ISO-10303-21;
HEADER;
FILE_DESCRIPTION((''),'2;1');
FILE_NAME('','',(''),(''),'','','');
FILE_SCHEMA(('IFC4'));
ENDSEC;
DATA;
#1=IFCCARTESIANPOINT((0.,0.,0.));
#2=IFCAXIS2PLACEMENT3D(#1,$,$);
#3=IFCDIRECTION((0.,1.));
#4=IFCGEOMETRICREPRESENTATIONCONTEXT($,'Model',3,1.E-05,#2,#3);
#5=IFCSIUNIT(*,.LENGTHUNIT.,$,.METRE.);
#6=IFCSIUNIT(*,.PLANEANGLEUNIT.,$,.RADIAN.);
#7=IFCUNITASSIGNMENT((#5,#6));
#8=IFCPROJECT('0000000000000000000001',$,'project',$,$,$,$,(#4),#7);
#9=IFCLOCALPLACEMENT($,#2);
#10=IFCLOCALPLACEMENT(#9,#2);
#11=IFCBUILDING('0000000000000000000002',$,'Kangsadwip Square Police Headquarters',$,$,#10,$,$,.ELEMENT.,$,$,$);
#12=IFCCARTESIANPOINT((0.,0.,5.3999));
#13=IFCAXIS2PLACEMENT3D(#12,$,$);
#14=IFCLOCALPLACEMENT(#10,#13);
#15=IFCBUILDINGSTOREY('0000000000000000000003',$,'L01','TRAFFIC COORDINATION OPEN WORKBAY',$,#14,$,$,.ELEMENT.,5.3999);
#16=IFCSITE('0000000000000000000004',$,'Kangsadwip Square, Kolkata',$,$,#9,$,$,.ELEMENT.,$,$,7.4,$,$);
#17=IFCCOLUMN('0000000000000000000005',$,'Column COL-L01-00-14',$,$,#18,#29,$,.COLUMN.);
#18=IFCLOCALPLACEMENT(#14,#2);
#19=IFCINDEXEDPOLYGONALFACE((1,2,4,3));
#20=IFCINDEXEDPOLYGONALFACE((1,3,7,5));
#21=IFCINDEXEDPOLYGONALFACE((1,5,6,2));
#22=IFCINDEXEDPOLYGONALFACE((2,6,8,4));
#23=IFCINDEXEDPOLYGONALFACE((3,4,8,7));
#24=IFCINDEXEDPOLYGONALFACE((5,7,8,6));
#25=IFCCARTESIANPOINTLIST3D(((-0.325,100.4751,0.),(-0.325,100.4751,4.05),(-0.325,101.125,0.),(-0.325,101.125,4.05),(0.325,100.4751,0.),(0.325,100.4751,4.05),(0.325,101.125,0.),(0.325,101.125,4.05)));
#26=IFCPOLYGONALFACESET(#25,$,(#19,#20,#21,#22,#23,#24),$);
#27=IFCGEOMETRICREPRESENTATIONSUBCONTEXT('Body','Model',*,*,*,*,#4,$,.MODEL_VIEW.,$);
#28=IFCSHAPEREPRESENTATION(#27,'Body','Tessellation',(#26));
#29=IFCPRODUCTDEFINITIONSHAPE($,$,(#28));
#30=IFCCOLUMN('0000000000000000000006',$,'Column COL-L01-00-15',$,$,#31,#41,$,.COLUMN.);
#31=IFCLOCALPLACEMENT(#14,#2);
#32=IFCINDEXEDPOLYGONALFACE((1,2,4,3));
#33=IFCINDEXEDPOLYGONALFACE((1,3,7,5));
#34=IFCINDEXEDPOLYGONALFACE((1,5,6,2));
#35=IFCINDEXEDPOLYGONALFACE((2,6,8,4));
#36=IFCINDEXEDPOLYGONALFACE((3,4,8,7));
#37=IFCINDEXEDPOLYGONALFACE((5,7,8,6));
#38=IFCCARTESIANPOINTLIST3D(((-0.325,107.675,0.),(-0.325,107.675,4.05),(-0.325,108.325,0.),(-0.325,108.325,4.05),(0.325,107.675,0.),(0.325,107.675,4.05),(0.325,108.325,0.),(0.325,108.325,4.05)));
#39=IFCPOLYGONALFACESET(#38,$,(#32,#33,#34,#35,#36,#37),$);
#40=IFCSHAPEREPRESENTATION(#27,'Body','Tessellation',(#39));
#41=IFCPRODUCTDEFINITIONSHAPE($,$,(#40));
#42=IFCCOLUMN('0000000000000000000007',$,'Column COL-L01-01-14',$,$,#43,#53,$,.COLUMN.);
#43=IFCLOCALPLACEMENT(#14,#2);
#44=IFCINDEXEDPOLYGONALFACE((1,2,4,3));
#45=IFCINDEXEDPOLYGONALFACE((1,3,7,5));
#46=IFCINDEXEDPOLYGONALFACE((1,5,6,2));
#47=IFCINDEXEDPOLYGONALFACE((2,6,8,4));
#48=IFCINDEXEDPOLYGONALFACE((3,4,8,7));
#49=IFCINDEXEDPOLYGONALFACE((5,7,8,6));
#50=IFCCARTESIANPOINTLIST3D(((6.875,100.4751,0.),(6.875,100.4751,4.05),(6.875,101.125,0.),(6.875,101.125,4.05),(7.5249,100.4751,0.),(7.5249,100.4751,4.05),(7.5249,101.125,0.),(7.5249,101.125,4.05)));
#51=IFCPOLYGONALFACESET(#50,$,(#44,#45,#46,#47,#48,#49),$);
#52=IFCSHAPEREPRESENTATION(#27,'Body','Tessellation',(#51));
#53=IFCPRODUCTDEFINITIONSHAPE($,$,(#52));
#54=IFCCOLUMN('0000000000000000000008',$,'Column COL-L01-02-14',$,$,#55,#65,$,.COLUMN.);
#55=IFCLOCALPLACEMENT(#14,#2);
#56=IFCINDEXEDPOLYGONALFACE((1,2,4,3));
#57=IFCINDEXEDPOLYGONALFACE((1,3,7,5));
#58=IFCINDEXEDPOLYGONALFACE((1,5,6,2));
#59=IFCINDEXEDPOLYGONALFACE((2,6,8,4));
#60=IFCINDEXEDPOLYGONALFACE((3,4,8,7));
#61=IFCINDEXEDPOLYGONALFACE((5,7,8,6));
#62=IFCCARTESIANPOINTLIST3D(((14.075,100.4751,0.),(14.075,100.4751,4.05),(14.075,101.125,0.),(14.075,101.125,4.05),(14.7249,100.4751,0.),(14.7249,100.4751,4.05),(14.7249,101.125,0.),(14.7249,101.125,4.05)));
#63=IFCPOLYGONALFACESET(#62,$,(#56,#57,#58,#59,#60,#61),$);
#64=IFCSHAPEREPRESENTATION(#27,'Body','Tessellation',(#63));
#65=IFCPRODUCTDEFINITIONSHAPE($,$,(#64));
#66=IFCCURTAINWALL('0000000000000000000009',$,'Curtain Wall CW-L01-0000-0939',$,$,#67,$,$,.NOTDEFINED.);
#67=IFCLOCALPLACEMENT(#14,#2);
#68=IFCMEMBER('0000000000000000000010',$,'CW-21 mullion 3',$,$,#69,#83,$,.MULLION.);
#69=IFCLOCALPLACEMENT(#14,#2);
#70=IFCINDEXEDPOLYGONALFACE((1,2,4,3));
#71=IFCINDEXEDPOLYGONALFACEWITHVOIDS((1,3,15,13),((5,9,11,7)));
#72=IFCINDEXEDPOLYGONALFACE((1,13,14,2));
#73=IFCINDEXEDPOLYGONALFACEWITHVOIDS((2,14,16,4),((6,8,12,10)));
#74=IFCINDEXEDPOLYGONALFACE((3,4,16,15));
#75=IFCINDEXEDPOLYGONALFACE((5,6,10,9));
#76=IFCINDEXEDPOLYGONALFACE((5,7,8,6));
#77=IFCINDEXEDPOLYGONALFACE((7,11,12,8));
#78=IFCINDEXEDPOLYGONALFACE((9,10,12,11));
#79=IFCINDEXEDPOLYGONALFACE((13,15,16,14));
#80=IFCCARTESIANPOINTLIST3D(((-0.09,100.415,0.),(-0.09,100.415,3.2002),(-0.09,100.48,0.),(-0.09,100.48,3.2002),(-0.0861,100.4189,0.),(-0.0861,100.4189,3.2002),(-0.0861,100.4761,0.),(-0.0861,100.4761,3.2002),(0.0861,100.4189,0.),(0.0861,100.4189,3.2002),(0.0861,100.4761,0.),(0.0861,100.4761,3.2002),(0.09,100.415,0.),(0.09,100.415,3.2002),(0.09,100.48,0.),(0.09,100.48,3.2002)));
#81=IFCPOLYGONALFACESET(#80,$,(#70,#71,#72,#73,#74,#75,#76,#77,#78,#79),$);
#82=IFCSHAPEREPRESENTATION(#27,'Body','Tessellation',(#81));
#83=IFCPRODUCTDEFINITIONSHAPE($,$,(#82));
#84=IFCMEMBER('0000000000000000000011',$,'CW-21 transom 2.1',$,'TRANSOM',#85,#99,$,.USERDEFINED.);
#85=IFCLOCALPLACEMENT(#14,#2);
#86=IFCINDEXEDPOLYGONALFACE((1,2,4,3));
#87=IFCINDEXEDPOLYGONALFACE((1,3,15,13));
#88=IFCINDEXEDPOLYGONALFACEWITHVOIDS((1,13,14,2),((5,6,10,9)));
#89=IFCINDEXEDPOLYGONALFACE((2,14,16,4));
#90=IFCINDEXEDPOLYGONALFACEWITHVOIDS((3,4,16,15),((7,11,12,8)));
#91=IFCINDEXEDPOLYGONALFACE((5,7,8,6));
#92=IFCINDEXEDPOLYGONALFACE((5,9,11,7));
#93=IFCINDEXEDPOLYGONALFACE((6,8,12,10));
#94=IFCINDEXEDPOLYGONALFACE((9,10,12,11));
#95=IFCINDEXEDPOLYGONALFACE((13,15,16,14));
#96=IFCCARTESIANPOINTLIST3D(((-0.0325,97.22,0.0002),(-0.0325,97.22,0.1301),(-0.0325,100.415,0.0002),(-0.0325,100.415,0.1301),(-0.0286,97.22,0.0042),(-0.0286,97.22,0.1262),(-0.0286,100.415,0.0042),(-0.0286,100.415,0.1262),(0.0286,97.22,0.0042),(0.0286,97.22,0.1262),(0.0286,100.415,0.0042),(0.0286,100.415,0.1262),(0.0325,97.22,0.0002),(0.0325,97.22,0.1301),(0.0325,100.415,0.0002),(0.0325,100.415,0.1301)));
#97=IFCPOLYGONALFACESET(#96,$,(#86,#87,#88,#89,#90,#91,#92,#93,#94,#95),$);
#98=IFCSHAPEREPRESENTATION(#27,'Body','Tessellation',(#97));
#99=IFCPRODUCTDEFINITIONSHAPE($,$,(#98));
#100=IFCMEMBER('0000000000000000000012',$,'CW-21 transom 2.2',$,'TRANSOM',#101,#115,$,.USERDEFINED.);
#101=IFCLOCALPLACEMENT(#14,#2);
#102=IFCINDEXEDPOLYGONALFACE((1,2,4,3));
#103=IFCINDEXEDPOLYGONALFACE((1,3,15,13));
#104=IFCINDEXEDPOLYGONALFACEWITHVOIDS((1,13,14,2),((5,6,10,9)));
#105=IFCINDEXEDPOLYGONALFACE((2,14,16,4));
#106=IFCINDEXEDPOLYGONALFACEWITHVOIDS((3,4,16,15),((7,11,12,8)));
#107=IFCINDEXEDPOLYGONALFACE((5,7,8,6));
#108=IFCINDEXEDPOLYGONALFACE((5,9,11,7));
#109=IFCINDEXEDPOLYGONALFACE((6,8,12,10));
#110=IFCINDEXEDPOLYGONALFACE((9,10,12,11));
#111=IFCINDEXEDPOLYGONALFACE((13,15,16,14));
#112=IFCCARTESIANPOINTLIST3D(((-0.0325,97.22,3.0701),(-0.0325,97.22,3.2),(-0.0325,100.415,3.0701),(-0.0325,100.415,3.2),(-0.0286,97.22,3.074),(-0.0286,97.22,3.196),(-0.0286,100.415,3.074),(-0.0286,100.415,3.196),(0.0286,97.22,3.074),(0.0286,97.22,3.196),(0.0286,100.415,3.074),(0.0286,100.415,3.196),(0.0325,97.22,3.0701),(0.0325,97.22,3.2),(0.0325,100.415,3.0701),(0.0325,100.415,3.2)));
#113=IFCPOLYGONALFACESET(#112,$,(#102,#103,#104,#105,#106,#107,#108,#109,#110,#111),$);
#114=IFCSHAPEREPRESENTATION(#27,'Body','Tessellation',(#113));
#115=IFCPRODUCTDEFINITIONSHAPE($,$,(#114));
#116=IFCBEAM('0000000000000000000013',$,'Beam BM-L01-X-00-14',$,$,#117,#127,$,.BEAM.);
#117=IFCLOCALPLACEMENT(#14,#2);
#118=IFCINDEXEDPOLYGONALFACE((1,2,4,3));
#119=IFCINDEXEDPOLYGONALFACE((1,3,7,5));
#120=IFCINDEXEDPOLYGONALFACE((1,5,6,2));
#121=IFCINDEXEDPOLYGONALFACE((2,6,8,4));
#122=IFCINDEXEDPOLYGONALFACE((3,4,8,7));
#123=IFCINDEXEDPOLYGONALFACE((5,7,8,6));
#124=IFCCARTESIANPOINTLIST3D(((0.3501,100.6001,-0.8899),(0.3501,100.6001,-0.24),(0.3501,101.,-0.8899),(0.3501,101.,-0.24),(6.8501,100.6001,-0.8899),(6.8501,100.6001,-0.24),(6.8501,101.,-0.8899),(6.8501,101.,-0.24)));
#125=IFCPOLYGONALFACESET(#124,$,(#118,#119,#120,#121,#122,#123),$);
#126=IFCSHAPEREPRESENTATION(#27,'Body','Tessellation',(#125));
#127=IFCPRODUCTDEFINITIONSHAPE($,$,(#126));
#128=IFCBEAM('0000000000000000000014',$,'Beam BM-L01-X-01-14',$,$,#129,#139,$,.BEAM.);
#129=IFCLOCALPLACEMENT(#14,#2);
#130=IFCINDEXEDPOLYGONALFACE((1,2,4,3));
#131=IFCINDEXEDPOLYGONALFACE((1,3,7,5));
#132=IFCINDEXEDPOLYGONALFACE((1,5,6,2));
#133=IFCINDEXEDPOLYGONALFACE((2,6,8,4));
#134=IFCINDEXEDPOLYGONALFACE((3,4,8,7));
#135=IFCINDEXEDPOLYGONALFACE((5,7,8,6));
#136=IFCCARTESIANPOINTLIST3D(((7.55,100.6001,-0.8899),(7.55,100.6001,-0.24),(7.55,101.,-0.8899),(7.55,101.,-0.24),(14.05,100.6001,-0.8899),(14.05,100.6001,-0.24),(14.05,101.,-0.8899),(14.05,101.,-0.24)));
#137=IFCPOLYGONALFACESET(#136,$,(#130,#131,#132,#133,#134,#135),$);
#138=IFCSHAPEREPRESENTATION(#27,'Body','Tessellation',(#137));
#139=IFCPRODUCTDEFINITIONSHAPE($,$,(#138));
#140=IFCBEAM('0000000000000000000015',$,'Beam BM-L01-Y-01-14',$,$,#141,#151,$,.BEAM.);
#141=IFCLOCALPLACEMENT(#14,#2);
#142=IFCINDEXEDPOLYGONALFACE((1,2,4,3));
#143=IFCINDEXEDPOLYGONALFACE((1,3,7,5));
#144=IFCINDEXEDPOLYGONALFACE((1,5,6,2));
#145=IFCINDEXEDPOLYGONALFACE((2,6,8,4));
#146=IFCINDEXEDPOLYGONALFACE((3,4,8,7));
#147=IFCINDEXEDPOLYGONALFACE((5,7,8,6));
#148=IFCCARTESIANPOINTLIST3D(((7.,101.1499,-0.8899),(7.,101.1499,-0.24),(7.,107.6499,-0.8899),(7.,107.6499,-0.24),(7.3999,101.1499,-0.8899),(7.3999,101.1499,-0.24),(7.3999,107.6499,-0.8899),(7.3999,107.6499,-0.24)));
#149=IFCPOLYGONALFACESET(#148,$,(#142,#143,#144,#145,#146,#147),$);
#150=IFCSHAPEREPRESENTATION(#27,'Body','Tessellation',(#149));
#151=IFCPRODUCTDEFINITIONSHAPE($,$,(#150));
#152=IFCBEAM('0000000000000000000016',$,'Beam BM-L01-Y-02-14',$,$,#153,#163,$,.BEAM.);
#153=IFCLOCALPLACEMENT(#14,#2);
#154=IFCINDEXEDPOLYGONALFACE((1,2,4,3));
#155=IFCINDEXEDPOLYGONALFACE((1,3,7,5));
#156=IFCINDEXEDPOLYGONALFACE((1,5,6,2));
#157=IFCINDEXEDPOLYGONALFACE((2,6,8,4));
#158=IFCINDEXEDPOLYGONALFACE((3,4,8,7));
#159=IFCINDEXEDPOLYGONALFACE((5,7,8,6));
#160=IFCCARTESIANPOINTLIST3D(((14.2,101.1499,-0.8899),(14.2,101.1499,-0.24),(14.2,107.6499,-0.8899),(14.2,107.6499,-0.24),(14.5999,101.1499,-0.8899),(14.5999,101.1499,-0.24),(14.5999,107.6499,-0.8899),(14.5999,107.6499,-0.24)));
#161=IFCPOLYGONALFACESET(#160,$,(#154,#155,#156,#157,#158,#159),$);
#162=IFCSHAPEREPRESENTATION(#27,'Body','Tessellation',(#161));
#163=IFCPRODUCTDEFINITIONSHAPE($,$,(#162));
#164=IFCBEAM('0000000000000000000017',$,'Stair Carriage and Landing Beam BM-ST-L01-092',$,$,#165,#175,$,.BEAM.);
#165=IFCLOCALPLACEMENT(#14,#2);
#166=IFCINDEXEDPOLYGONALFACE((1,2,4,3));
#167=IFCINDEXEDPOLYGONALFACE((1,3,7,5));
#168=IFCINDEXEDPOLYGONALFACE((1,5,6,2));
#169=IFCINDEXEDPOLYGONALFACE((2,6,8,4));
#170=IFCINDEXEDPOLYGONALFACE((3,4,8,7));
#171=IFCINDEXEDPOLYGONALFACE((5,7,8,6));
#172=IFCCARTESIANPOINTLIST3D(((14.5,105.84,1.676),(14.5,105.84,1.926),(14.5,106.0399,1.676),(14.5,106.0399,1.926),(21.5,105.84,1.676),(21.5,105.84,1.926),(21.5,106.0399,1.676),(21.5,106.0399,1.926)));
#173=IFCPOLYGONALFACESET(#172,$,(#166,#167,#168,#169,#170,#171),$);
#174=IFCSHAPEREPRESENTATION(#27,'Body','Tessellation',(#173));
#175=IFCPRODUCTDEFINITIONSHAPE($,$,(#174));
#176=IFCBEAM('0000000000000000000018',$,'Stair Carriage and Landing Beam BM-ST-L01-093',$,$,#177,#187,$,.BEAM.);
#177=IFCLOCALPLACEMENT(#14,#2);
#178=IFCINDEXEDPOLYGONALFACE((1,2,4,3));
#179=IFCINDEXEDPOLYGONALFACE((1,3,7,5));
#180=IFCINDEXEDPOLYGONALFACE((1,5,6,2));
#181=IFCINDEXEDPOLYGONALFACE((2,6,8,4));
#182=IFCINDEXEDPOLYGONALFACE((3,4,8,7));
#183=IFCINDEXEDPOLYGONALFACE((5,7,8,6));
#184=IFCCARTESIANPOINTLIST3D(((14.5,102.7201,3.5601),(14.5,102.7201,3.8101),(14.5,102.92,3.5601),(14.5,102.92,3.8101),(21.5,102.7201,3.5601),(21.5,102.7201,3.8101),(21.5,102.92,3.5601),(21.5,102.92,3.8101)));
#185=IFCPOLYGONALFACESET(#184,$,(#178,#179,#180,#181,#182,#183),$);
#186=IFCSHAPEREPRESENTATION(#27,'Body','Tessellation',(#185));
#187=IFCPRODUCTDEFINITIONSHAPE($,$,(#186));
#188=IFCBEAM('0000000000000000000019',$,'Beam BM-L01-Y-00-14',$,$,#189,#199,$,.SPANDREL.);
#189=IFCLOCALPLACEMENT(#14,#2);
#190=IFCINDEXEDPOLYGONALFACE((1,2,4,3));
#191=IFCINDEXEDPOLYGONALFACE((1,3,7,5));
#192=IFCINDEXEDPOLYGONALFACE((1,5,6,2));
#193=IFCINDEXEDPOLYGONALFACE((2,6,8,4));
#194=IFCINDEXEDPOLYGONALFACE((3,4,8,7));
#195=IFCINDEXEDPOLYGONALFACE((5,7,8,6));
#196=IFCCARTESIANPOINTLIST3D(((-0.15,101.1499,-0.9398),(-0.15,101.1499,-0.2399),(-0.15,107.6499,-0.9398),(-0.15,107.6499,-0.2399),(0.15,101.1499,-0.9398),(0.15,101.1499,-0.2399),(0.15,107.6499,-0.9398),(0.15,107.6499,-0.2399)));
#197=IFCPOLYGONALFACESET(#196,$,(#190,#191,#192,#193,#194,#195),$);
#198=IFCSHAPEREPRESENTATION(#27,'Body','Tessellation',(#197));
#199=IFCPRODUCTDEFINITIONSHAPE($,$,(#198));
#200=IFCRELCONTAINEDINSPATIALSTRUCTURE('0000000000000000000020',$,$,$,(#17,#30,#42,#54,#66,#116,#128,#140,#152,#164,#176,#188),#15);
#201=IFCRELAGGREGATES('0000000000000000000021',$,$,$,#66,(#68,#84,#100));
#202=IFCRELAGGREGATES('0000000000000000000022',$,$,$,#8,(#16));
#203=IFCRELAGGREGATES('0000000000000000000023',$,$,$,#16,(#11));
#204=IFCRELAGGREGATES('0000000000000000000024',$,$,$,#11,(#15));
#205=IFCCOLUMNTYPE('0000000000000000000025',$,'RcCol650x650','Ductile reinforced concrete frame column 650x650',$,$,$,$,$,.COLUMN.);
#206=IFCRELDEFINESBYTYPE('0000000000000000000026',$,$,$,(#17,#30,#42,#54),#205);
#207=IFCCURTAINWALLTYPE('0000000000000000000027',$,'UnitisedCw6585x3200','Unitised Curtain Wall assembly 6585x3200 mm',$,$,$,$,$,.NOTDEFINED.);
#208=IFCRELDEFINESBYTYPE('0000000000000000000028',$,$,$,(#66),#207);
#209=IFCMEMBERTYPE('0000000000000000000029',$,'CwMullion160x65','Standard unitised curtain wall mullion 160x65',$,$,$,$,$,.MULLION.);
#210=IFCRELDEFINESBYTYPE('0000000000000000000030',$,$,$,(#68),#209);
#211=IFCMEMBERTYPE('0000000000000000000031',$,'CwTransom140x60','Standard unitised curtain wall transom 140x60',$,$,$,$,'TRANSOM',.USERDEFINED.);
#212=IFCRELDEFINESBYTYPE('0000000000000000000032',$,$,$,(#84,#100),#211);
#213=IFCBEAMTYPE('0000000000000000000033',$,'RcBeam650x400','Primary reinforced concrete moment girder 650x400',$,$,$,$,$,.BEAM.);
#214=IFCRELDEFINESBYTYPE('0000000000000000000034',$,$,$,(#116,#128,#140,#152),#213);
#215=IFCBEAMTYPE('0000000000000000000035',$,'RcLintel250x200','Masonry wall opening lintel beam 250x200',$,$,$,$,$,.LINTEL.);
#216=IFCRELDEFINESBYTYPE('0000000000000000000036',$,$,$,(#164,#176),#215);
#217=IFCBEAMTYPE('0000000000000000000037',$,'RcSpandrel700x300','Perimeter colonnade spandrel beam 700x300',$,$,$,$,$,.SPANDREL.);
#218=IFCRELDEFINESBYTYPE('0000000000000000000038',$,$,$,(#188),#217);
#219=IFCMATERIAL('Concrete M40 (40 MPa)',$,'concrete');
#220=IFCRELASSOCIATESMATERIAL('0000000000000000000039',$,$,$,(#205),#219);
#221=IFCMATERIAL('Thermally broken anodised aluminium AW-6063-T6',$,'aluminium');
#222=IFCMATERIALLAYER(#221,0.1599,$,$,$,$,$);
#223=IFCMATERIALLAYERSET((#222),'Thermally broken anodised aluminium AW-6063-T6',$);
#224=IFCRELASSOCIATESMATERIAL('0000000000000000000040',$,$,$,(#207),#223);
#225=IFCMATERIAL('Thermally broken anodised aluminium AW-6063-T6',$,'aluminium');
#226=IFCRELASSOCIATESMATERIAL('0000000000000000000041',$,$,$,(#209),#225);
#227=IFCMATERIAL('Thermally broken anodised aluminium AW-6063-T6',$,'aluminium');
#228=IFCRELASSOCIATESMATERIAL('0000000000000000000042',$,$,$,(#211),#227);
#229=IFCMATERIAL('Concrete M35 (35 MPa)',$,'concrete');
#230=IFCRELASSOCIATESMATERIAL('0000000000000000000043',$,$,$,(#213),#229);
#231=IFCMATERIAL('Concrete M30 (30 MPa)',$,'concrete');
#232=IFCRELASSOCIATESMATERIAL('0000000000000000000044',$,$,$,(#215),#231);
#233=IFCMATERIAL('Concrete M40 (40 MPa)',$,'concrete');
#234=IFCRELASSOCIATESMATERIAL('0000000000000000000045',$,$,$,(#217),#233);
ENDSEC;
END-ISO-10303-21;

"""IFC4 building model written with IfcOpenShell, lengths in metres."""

from ifc_helpers import new_model, si_unit, direction, frame, origin, origin_2d, place, context, subcontext, project, spatial, rectangle, hollow_rectangle, extrude, material, layer, layer_set, material_profile, profile_set, type_object, element, aggregate, save


model = new_model("IFC4")

# Units and contexts
model_context = context("Model", 3, precision=1e-05, world=origin(), true_north=direction((0.0, 1.0)))
body_context = subcontext(model_context, "Body", "Model", "MODEL_VIEW")
ifc_project = project(units=[si_unit("LENGTHUNIT", "METRE"), si_unit("PLANEANGLEUNIT", "RADIAN")], contexts=[model_context])

# Site, building, storey
site_placement = place(None, origin())
site = spatial("IfcSite", under=ifc_project, at=site_placement, Name="Kangsadwip Square, Kolkata", CompositionType="ELEMENT", RefElevation=7.4)
building_placement = place(site_placement, origin())
building = spatial("IfcBuilding", under=site, at=building_placement, Name="Kangsadwip Square Police Headquarters", CompositionType="ELEMENT")
storey_placement = place(building_placement, frame((0.0, 0.0, 5.3999)))
storey = spatial("IfcBuildingStorey", under=building, at=storey_placement, Name="L01", Description="TRAFFIC COORDINATION OPEN WORKBAY", CompositionType="ELEMENT", Elevation=5.3999)

# Columns
ifc_material_1 = material(Name="Concrete M40 (40 MPa)", Category="concrete")
ifc_material_profile_1 = material_profile(ifc_material_1, rectangle(XDim=0.6499, YDim=0.6499, at=origin_2d()), Name="RC COL 650X650")
ifc_profile_set_1 = profile_set([ifc_material_profile_1], Name="Concrete M40 (40 MPa)")
column_type = type_object("IfcColumnType", Name="RcCol650x650", Description="Ductile reinforced concrete frame column 650x650", PredefinedType="COLUMN", material=ifc_profile_set_1)
for number, where, z_axis, x_axis, name in (
    (1, (0.0, 100.8, 0.0), (0.0, 0.0, 1.0), (1.0, 0.0, 0.0), "Column COL-L01-00-14"),
    (2, (0.0, 108.0, 0.0), (0.0, 0.0, 1.0), (1.0, 0.0, 0.0), "Column COL-L01-00-15"),
    (3, (7.2, 100.8, 0.0), (0.0, 0.0, 1.0), (1.0, 0.0, 0.0), "Column COL-L01-01-14"),
    (4, (14.3999, 100.8, 0.0), (0.0, 0.0, 1.0), (1.0, 0.0, 0.0), "Column COL-L01-02-14"),
):
    element("IfcColumn", number, at=place(storey_placement, frame(where, z_axis=z_axis, x_axis=x_axis)), inside=storey, type_object=column_type, Name=name, PredefinedType="COLUMN", context=body_context, shape_type="SweptSolid", body=[
        extrude(rectangle(XDim=0.6499, YDim=0.6499, at=origin_2d()), origin(), (0.0, 0.0, 1.0), 4.05),
    ])

# Curtain wall, members
ifc_material_2 = material(Name="Thermally broken anodised aluminium AW-6063-T6", Category="aluminium")
ifc_layer_1 = layer(ifc_material_2, 0.1599)
ifc_layer_set_1 = layer_set([ifc_layer_1], Name="Thermally broken anodised aluminium AW-6063-T6")
curtain_wall_type = type_object("IfcCurtainWallType", Name="UnitisedCw6585x3200", Description="Unitised Curtain Wall assembly 6585x3200 mm", PredefinedType="NOTDEFINED", material=ifc_layer_set_1)
curtain_wall_placement = place(storey_placement, origin())
curtain_wall = element("IfcCurtainWall", 5, at=curtain_wall_placement, inside=storey, type_object=curtain_wall_type, Name="Curtain Wall CW-L01-0000-0939", PredefinedType="NOTDEFINED")
ifc_material_3 = material(Name="Thermally broken anodised aluminium AW-6063-T6", Category="aluminium")
ifc_material_profile_2 = material_profile(ifc_material_3, hollow_rectangle(XDim=0.0649, YDim=0.1799, WallThickness=0.0039, at=origin_2d()), Name="CWM 180X65X4")
ifc_profile_set_2 = profile_set([ifc_material_profile_2], Name="Thermally broken anodised aluminium AW-6063-T6")
member_type_1 = type_object("IfcMemberType", Name="CwMullion160x65", Description="Standard unitised curtain wall mullion 160x65", PredefinedType="MULLION", material=ifc_profile_set_2)
member_1_placement = place(storey_placement, frame((0.0, 100.4475, 0.0), z_axis=(0.0, 0.0, 1.0), x_axis=(0.0, 1.0, 0.0)))
member_1 = element("IfcMember", 6, at=member_1_placement, type_object=member_type_1, Name="CW-21 mullion 3", PredefinedType="MULLION", context=body_context, shape_type="SweptSolid", body=[
    extrude(hollow_rectangle(XDim=0.0649, YDim=0.1799, WallThickness=0.0039, at=origin_2d()), origin(), (0.0, 0.0, 1.0), 3.2002),
])
ifc_material_4 = material(Name="Thermally broken anodised aluminium AW-6063-T6", Category="aluminium")
ifc_material_profile_3 = material_profile(ifc_material_4, hollow_rectangle(XDim=0.0649, YDim=0.1299, WallThickness=0.0039, at=origin_2d()), Name="CWT 130X65X4")
ifc_profile_set_3 = profile_set([ifc_material_profile_3], Name="Thermally broken anodised aluminium AW-6063-T6")
member_type_2 = type_object("IfcMemberType", Name="CwTransom140x60", Description="Standard unitised curtain wall transom 140x60", ElementType="TRANSOM", PredefinedType="USERDEFINED", material=ifc_profile_set_3)
member_2_placement = place(storey_placement, frame((0.0, 97.22, 0.0652), z_axis=(0.0, 1.0, 0.0), x_axis=(-1.0, 0.0, 0.0)))
member_2 = element("IfcMember", 7, at=member_2_placement, type_object=member_type_2, Name="CW-21 transom 2.1", ObjectType="TRANSOM", PredefinedType="USERDEFINED", context=body_context, shape_type="SweptSolid", body=[
    extrude(hollow_rectangle(XDim=0.0649, YDim=0.1299, WallThickness=0.0039, at=origin_2d()), origin(), (0.0, 0.0, 1.0), 3.1951),
])
member_3_placement = place(storey_placement, frame((0.0, 97.22, 3.135), z_axis=(0.0, 1.0, 0.0), x_axis=(-1.0, 0.0, 0.0)))
member_3 = element("IfcMember", 8, at=member_3_placement, type_object=member_type_2, Name="CW-21 transom 2.2", ObjectType="TRANSOM", PredefinedType="USERDEFINED", context=body_context, shape_type="SweptSolid", body=[
    extrude(hollow_rectangle(XDim=0.0649, YDim=0.1299, WallThickness=0.0039, at=origin_2d()), origin(), (0.0, 0.0, 1.0), 3.1951),
])

# Beams
ifc_material_5 = material(Name="Concrete M35 (35 MPa)", Category="concrete")
ifc_material_profile_4 = material_profile(ifc_material_5, rectangle(XDim=0.3999, YDim=0.6499, at=origin_2d()), Name="RC BM 650X400")
ifc_profile_set_4 = profile_set([ifc_material_profile_4], Name="Concrete M35 (35 MPa)")
beam_type_1 = type_object("IfcBeamType", Name="RcBeam650x400", Description="Primary reinforced concrete moment girder 650x400", PredefinedType="BEAM", material=ifc_profile_set_4)
for number, where, z_axis, x_axis, name in (
    (9, (0.3501, 100.8, -0.5649), (1.0, 0.0, 0.0), (0.0, 1.0, 0.0), "Beam BM-L01-X-00-14"),
    (10, (7.55, 100.8, -0.5649), (1.0, 0.0, 0.0), (0.0, 1.0, 0.0), "Beam BM-L01-X-01-14"),
    (11, (7.2, 101.1499, -0.5649), (0.0, 1.0, 0.0), (-1.0, 0.0, 0.0), "Beam BM-L01-Y-01-14"),
    (12, (14.3999, 101.1499, -0.5649), (0.0, 1.0, 0.0), (-1.0, 0.0, 0.0), "Beam BM-L01-Y-02-14"),
):
    element("IfcBeam", number, at=place(storey_placement, frame(where, z_axis=z_axis, x_axis=x_axis)), inside=storey, type_object=beam_type_1, Name=name, PredefinedType="BEAM", context=body_context, shape_type="SweptSolid", body=[
        extrude(rectangle(XDim=0.3999, YDim=0.6499, at=origin_2d()), origin(), (0.0, 0.0, 1.0), 6.5),
    ])
ifc_material_6 = material(Name="Concrete M30 (30 MPa)", Category="concrete")
ifc_material_profile_5 = material_profile(ifc_material_6, rectangle(XDim=0.2, YDim=0.25, at=origin_2d()), Name="RC LNT 250X200")
ifc_profile_set_5 = profile_set([ifc_material_profile_5], Name="Concrete M30 (30 MPa)")
beam_type_2 = type_object("IfcBeamType", Name="RcLintel250x200", Description="Masonry wall opening lintel beam 250x200", PredefinedType="LINTEL", material=ifc_profile_set_5)
for number, where, z_axis, x_axis, name in (
    (13, (14.5, 105.9399, 1.801), (1.0, 0.0, 0.0), (0.0, 1.0, 0.0), "Stair Carriage and Landing Beam BM-ST-L01-092"),
    (14, (14.5, 102.8201, 3.6851), (1.0, 0.0, 0.0), (0.0, 1.0, 0.0), "Stair Carriage and Landing Beam BM-ST-L01-093"),
):
    element("IfcBeam", number, at=place(storey_placement, frame(where, z_axis=z_axis, x_axis=x_axis)), inside=storey, type_object=beam_type_2, Name=name, PredefinedType="BEAM", context=body_context, shape_type="SweptSolid", body=[
        extrude(rectangle(XDim=0.2, YDim=0.25, at=origin_2d()), origin(), (0.0, 0.0, 1.0), 7.0),
    ])
ifc_material_7 = material(Name="Concrete M40 (40 MPa)", Category="concrete")
ifc_material_profile_6 = material_profile(ifc_material_7, rectangle(XDim=0.3, YDim=0.7, at=origin_2d()), Name="RC SPN 700X300")
ifc_profile_set_6 = profile_set([ifc_material_profile_6], Name="Concrete M40 (40 MPa)")
beam_type_3 = type_object("IfcBeamType", Name="RcSpandrel700x300", Description="Perimeter colonnade spandrel beam 700x300", PredefinedType="SPANDREL", material=ifc_profile_set_6)
beam_placement = place(storey_placement, frame((0.0, 101.1499, -0.5898), z_axis=(0.0, 1.0, 0.0), x_axis=(-1.0, 0.0, 0.0)))
element("IfcBeam", 15, at=beam_placement, inside=storey, type_object=beam_type_3, Name="Beam BM-L01-Y-00-14", PredefinedType="SPANDREL", context=body_context, shape_type="SweptSolid", body=[
    extrude(rectangle(XDim=0.3, YDim=0.7, at=origin_2d()), origin(), (0.0, 0.0, 1.0), 6.5),
])

aggregate(curtain_wall, [member_1, member_2, member_3])

save(model, "model.ifc")
